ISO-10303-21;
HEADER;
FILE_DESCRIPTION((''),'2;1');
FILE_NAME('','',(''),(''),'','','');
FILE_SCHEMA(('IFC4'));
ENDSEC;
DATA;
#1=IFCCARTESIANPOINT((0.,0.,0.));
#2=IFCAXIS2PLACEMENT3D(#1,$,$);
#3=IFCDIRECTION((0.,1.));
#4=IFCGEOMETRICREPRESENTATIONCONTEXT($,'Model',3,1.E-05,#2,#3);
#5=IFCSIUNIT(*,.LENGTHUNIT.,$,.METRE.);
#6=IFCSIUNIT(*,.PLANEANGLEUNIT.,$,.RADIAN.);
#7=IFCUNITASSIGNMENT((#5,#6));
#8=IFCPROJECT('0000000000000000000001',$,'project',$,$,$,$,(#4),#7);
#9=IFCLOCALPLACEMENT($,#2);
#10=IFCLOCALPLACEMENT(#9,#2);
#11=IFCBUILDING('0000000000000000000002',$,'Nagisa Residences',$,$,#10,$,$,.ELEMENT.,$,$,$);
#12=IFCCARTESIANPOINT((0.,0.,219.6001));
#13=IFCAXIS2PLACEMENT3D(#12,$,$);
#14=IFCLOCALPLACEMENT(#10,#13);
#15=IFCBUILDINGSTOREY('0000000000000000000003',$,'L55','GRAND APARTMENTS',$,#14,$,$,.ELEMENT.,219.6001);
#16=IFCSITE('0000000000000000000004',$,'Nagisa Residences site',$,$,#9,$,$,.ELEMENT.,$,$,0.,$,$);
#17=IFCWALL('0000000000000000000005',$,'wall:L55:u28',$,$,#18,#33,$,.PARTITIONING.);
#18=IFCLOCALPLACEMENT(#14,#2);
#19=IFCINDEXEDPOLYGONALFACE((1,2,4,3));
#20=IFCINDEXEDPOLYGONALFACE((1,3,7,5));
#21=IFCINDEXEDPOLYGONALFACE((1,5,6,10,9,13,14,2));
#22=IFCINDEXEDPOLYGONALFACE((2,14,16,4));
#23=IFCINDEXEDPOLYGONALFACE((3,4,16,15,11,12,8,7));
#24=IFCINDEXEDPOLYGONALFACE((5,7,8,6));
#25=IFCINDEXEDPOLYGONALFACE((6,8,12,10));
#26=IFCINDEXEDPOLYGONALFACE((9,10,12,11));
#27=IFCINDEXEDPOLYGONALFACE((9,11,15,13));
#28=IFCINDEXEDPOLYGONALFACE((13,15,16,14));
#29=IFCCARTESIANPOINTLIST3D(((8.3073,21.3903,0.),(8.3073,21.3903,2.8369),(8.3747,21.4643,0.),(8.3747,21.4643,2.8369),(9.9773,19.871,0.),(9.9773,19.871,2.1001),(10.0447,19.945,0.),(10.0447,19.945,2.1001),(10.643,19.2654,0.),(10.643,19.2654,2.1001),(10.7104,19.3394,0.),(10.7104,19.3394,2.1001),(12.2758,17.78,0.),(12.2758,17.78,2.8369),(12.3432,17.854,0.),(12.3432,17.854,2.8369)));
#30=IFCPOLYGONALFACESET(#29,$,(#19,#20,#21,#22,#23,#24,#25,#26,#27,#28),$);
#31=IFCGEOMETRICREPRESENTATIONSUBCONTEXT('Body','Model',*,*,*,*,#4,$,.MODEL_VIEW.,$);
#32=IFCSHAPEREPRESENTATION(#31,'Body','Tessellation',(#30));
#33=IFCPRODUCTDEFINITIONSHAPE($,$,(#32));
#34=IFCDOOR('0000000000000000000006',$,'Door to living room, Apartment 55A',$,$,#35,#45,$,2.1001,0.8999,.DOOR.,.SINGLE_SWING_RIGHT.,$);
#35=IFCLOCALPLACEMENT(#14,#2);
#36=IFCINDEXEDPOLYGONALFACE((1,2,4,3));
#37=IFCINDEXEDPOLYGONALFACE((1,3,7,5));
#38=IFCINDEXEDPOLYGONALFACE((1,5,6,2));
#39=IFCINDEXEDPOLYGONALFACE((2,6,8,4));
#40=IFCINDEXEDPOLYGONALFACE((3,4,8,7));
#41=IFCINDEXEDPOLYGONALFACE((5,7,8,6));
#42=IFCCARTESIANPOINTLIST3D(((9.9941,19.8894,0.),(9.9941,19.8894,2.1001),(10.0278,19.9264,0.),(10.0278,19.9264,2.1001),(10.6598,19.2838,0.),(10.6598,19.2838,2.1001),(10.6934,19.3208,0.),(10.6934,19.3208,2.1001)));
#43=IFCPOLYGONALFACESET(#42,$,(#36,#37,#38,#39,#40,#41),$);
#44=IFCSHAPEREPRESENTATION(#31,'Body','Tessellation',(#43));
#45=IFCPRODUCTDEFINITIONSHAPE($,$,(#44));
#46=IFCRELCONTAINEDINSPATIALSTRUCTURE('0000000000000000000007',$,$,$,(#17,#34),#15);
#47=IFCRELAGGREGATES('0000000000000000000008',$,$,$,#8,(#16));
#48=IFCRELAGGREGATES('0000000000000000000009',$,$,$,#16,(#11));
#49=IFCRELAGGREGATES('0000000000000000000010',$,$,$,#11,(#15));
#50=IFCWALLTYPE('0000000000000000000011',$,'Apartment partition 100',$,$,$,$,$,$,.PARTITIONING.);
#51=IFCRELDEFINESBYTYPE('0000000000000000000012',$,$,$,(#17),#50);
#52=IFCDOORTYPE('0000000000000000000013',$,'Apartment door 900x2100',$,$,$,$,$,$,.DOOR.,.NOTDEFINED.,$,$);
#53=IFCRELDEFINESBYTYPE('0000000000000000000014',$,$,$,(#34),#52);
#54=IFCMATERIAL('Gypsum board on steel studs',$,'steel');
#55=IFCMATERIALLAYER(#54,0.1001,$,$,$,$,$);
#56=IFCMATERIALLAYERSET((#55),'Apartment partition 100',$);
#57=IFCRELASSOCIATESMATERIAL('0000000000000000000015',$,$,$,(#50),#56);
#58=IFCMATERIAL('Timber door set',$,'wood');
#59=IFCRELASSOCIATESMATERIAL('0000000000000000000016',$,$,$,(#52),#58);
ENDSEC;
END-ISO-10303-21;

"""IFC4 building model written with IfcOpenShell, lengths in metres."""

from ifc_helpers import new_model, si_unit, direction, frame, frame_2d, origin, place, context, subcontext, project, spatial, rectangle, extrude, material, layer, layer_set, type_object, element, fill, save


model = new_model("IFC4")

# Units and contexts
model_context = context("Model", 3, precision=1e-05, world=origin(), true_north=direction((0.0, 1.0)))
body_context = subcontext(model_context, "Body", "Model", "MODEL_VIEW")
ifc_project = project(units=[si_unit("LENGTHUNIT", "METRE"), si_unit("PLANEANGLEUNIT", "RADIAN")], contexts=[model_context])

# Site, building, storey
site_placement = place(None, origin())
site = spatial("IfcSite", under=ifc_project, at=site_placement, Name="Nagisa Residences site", CompositionType="ELEMENT", RefElevation=0.0)
building_placement = place(site_placement, origin())
building = spatial("IfcBuilding", under=site, at=building_placement, Name="Nagisa Residences", CompositionType="ELEMENT")
storey_placement = place(building_placement, frame((0.0, 0.0, 219.6001)))
storey = spatial("IfcBuildingStorey", under=building, at=storey_placement, Name="L55", Description="GRAND APARTMENTS", CompositionType="ELEMENT", Elevation=219.6001)

# Wall, opening, door
ifc_material_1 = material(Name="Gypsum board on steel studs", Category="steel")
ifc_layer_1 = layer(ifc_material_1, 0.1001)
ifc_layer_set_1 = layer_set([ifc_layer_1], Name="Apartment partition 100")
wall_type_1 = type_object("IfcWallType", Name="Apartment partition 100", PredefinedType="PARTITIONING", material=ifc_layer_set_1)
ifc_material_2 = material(Name="Timber door set", Category="wood")
door_type_1 = type_object("IfcDoorType", Name="Apartment door 900x2100", OperationType="NOTDEFINED", PredefinedType="DOOR", material=ifc_material_2)
wall_1_placement = place(storey_placement, frame((12.3096, 17.8169, 0.0), z_axis=(0.0, 0.0, 1.0), x_axis=(-0.739697, 0.67294, 0.0)))
wall_1 = element("IfcWall", 1, at=wall_1_placement, inside=storey, type_object=wall_type_1, Name="wall:L55:u28", PredefinedType="PARTITIONING", context=body_context, shape_type="SweptSolid", body=[
    extrude(rectangle(XDim=5.365, YDim=0.1001, at=frame_2d((2.6826, 0.0))), origin(), (0.0, 0.0, 1.0), 2.8369),
])
opening_1_placement = place(wall_1_placement, frame((2.2075, 0.0, 0.0)))
opening_1 = element("IfcOpeningElement", 2, at=opening_1_placement, cuts=wall_1, PredefinedType="OPENING", context=body_context, shape_type="SweptSolid", body=[
    extrude(rectangle(XDim=0.8999, YDim=2.1001, at=frame_2d((0.45, 1.05))), frame((0.0, 0.0601, 0.0), z_axis=(0.0, -1.0, 0.0), x_axis=(1.0, 0.0, 0.0)), (0.0, 0.0, 1.0), 0.1201),
])
door_1_placement = place(opening_1_placement, frame((0.8999, 0.0, 0.0), x_axis=(-1.0, 0.0, 0.0)))
door_1 = element("IfcDoor", 3, at=door_1_placement, inside=storey, type_object=door_type_1, Name="Door to living room, Apartment 55A", OperationType="SINGLE_SWING_RIGHT", OverallHeight=2.1001, OverallWidth=0.8999, PredefinedType="DOOR", context=body_context, shape_type="SweptSolid", body=[
    extrude(rectangle(XDim=0.8999, YDim=2.1001, at=frame_2d((0.45, 1.05))), frame((0.0, 0.0249, 0.0), z_axis=(0.0, -1.0, 0.0), x_axis=(1.0, 0.0, 0.0)), (0.0, 0.0, 1.0), 0.05),
])
fill(opening_1, door_1)

save(model, "model.ifc")
